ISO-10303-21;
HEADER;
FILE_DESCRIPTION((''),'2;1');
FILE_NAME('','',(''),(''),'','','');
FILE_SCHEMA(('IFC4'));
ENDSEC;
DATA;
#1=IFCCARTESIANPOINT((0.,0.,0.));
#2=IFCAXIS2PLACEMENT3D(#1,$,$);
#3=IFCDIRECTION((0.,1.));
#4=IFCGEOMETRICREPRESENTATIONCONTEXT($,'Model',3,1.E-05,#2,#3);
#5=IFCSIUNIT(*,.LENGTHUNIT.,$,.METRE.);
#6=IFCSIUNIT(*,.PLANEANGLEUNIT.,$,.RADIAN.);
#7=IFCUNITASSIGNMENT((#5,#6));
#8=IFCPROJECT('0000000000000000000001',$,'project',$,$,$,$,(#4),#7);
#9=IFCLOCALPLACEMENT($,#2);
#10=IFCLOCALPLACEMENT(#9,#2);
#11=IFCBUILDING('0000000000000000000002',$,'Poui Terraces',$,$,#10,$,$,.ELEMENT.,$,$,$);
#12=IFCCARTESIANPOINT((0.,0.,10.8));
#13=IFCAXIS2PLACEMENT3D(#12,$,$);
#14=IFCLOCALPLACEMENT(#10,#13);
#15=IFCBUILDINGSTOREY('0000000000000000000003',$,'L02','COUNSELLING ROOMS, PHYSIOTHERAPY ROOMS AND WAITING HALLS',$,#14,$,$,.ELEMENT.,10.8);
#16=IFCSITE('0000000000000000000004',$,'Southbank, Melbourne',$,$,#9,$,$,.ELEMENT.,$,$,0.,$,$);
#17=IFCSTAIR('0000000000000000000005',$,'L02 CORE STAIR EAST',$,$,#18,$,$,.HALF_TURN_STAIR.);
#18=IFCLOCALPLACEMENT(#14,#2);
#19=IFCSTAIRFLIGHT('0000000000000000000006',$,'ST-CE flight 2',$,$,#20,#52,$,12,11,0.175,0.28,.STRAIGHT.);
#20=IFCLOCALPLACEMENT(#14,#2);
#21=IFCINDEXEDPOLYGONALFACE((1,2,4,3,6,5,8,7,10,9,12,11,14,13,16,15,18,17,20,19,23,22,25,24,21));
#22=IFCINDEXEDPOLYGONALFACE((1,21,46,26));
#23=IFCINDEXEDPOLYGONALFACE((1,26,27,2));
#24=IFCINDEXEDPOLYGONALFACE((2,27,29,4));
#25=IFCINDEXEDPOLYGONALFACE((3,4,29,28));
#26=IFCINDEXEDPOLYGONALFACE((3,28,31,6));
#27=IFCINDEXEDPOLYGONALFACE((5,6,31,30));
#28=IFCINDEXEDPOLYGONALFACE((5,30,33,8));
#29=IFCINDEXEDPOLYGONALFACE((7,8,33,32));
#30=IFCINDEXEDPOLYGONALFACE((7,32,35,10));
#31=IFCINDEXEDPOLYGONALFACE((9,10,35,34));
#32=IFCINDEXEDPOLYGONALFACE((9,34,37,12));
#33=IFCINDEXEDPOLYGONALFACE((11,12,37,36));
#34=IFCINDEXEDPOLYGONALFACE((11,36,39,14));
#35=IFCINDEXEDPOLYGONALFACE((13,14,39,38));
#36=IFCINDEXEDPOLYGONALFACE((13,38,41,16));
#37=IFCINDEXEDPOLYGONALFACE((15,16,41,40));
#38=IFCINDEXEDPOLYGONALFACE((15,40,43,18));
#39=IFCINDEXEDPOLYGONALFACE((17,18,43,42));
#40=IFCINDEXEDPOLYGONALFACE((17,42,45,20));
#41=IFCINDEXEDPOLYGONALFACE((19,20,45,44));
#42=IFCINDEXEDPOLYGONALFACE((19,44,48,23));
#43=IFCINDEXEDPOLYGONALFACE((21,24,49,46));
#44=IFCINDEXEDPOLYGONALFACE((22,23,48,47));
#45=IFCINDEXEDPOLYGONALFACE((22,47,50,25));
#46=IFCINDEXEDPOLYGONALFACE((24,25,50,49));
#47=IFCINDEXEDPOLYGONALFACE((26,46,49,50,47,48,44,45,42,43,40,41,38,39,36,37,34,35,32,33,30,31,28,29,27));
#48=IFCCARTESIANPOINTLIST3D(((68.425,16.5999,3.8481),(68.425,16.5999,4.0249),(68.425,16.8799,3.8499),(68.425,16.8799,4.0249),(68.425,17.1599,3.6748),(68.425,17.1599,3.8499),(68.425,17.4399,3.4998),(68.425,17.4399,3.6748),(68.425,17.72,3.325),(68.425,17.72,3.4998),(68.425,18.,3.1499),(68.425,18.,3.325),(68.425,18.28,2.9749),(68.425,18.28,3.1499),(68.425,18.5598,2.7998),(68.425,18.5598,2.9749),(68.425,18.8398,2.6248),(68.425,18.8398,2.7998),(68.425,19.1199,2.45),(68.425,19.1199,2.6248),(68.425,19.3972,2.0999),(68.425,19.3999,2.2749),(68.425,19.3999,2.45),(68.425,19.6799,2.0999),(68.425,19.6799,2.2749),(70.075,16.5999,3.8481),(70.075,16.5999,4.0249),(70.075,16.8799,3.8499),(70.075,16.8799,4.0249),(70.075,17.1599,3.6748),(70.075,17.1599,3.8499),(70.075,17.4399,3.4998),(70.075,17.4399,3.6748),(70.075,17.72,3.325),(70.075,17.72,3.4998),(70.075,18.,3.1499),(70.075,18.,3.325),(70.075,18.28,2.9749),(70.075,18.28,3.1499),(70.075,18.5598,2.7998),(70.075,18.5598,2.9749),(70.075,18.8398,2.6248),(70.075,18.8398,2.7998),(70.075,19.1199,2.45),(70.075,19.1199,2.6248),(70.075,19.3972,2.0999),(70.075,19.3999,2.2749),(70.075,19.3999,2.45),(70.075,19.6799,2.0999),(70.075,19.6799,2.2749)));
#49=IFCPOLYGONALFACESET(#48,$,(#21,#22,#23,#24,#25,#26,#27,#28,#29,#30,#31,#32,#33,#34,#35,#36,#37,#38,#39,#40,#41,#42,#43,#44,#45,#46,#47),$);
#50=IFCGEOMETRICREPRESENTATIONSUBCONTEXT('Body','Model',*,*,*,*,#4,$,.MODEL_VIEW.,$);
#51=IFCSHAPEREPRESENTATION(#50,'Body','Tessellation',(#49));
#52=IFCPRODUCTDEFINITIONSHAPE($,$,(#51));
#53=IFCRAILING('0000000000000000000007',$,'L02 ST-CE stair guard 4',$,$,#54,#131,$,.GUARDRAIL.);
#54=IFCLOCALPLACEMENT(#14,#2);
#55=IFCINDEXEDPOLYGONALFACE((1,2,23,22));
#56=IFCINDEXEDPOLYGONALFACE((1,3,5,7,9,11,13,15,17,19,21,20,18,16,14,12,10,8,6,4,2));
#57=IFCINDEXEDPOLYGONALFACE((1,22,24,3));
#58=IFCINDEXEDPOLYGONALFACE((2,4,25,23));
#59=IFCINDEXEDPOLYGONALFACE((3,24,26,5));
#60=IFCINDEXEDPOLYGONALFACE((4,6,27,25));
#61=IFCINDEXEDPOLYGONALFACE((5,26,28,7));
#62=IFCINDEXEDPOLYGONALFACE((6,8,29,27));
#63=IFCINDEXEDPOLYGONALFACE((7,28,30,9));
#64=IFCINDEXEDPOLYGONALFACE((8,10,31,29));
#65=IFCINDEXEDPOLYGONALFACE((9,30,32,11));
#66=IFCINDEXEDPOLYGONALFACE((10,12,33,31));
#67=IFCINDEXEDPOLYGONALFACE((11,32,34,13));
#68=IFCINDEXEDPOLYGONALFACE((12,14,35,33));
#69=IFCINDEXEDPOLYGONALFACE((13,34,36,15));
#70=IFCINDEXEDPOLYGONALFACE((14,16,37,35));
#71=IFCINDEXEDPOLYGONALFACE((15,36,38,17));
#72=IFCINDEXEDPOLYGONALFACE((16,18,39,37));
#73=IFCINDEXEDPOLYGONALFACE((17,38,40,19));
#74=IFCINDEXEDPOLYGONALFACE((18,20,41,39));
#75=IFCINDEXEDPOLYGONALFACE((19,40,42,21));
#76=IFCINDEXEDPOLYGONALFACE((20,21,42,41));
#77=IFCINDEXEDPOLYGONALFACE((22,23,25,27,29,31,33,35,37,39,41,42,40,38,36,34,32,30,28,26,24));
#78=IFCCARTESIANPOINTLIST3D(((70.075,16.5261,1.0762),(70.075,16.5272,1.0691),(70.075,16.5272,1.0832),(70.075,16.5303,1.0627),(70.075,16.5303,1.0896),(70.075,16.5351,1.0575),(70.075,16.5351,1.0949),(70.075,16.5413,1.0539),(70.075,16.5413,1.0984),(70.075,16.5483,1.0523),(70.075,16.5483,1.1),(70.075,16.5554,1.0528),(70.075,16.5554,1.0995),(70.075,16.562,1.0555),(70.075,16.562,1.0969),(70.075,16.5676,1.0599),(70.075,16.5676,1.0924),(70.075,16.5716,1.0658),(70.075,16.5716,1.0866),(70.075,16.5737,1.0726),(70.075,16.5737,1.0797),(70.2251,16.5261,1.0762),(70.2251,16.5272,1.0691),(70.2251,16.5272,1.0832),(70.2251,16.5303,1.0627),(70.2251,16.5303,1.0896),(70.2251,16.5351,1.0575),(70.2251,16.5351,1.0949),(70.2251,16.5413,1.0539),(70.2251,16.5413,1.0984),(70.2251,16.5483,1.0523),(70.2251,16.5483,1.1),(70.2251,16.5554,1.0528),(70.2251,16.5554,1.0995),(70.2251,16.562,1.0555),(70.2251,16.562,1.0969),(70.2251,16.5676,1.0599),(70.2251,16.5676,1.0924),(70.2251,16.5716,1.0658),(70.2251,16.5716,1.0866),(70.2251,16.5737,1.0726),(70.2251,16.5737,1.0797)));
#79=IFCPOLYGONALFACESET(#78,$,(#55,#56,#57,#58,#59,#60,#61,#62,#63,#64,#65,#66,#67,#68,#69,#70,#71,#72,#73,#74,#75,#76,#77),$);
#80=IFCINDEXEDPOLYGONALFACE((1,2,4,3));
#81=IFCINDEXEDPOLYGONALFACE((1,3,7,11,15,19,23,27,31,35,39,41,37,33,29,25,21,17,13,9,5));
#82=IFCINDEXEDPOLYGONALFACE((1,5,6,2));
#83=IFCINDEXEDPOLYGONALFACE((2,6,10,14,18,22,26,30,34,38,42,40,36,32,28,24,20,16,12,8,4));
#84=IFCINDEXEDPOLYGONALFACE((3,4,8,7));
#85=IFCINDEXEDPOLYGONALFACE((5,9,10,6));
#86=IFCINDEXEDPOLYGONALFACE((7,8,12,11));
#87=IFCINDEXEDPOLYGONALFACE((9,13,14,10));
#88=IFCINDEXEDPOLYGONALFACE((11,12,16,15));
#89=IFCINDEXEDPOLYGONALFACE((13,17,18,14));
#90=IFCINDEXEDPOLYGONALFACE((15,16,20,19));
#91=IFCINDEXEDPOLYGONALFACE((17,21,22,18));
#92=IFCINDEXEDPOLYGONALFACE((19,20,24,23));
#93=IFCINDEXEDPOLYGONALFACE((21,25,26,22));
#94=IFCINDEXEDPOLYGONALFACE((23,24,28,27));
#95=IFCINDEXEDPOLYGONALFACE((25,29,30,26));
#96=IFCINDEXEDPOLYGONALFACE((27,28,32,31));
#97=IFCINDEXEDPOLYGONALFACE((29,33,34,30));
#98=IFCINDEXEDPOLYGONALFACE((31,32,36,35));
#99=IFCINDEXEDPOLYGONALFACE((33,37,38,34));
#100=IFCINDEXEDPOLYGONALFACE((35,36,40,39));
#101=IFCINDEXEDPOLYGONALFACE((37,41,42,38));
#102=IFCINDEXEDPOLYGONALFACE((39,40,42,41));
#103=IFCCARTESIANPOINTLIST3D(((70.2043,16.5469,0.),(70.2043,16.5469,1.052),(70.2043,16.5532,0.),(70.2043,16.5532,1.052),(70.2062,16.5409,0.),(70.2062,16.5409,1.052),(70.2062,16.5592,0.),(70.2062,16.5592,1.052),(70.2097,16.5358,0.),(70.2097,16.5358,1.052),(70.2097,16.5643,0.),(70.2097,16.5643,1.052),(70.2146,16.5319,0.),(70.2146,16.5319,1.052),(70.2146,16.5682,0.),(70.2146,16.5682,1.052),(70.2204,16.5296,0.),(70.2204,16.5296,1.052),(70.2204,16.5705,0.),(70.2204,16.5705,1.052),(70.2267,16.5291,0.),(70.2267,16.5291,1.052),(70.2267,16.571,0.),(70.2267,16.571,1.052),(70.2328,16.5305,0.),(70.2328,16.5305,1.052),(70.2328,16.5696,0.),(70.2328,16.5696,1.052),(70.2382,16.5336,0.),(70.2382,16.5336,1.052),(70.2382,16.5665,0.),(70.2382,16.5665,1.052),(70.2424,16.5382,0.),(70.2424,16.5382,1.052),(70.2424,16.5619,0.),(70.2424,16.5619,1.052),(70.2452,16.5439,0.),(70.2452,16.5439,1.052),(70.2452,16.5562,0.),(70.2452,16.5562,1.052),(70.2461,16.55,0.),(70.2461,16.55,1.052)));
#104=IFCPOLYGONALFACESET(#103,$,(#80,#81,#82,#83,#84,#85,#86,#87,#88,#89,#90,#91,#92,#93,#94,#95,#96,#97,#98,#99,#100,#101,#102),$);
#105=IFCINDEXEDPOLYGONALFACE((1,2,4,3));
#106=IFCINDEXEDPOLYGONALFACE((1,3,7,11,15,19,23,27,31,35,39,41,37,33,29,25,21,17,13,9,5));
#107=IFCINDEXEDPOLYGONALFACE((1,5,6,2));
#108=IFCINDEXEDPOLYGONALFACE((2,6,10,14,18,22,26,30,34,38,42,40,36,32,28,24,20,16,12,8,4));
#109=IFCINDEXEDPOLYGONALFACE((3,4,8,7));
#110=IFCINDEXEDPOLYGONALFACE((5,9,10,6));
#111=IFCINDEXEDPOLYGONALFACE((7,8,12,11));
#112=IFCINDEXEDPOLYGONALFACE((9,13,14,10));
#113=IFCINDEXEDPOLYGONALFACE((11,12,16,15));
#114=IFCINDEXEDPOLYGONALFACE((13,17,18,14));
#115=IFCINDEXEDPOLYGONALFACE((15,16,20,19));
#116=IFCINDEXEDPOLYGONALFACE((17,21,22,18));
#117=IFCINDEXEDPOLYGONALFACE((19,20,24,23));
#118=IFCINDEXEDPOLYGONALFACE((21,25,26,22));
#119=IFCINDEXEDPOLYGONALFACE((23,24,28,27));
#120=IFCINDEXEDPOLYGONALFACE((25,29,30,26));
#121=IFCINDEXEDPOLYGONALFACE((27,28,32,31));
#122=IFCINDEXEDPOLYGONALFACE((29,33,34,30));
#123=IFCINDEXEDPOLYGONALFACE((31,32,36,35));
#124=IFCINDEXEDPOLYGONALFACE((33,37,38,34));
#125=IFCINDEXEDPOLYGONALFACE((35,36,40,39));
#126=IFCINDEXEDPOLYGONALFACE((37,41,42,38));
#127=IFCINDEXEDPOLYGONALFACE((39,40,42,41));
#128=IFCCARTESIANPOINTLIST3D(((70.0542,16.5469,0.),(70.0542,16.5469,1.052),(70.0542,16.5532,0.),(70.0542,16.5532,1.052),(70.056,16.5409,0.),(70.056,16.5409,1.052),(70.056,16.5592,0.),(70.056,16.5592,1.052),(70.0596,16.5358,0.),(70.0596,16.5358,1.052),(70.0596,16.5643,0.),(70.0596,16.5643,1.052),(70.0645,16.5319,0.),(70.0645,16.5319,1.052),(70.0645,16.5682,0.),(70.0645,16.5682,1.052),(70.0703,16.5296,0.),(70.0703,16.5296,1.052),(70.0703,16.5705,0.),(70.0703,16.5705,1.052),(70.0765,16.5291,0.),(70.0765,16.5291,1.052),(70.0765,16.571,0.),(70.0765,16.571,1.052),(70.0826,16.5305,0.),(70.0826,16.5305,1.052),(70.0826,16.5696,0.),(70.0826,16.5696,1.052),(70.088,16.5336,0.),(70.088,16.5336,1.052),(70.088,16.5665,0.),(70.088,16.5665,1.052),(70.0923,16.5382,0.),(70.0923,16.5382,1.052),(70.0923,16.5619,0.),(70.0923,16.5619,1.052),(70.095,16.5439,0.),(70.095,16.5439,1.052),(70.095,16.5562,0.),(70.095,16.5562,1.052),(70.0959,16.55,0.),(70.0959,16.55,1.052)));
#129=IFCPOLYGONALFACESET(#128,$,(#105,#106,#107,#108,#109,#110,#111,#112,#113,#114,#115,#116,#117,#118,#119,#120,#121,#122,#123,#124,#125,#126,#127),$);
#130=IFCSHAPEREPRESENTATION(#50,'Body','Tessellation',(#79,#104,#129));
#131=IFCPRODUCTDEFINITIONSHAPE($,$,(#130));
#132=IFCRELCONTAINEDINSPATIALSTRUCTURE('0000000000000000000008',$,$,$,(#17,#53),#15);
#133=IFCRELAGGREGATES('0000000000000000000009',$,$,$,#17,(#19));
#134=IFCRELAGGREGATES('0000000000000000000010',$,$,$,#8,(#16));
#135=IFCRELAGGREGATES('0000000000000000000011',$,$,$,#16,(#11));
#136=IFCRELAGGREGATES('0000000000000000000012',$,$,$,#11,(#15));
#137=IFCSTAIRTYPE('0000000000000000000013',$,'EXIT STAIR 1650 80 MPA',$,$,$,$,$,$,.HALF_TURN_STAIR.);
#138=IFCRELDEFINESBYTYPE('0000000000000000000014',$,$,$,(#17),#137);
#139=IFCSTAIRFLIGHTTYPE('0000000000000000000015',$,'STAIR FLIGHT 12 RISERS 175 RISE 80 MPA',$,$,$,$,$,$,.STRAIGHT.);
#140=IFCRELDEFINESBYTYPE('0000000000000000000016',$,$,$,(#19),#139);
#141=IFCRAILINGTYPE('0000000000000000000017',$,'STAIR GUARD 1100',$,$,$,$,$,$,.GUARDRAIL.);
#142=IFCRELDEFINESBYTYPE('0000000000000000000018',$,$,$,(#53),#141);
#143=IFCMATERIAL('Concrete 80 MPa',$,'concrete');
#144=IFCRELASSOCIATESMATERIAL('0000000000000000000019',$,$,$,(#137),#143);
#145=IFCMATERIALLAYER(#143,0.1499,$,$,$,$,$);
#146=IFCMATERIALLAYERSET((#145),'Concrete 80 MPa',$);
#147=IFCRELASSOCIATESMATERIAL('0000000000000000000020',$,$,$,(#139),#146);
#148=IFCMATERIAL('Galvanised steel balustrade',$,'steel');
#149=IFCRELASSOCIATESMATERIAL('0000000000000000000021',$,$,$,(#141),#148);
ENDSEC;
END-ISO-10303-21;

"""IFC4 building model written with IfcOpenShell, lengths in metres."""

from ifc_helpers import new_model, si_unit, direction, frame, origin, origin_2d, place, context, subcontext, project, spatial, polyline, circle, outline, extrude, material, layer, layer_set, type_object, element, aggregate, save


model = new_model("IFC4")

# Units and contexts
model_context = context("Model", 3, precision=1e-05, world=origin(), true_north=direction((0.0, 1.0)))
body_context = subcontext(model_context, "Body", "Model", "MODEL_VIEW")
ifc_project = project(units=[si_unit("LENGTHUNIT", "METRE"), si_unit("PLANEANGLEUNIT", "RADIAN")], contexts=[model_context])

# Site, building, storey
site_placement = place(None, origin())
site = spatial("IfcSite", under=ifc_project, at=site_placement, Name="Southbank, Melbourne", CompositionType="ELEMENT", RefElevation=0.0)
building_placement = place(site_placement, origin())
building = spatial("IfcBuilding", under=site, at=building_placement, Name="Poui Terraces", CompositionType="ELEMENT")
storey_placement = place(building_placement, frame((0.0, 0.0, 10.8)))
storey = spatial("IfcBuildingStorey", under=building, at=storey_placement, Name="L02", Description="COUNSELLING ROOMS, PHYSIOTHERAPY ROOMS AND WAITING HALLS", CompositionType="ELEMENT", Elevation=10.8)

# Shared definitions
ifc_material_1 = material(Name="Concrete 80 MPa", Category="concrete")

# Stair, stair flight
stair_type = type_object("IfcStairType", Name="EXIT STAIR 1650 80 MPA", PredefinedType="HALF_TURN_STAIR", material=ifc_material_1)
stair_placement = place(storey_placement, origin())
stair = element("IfcStair", 1, at=stair_placement, inside=storey, type_object=stair_type, Name="L02 CORE STAIR EAST", PredefinedType="HALF_TURN_STAIR")
ifc_layer_1 = layer(ifc_material_1, 0.1499)
ifc_layer_set_1 = layer_set([ifc_layer_1], Name="Concrete 80 MPa")
stair_flight_type = type_object("IfcStairFlightType", Name="STAIR FLIGHT 12 RISERS 175 RISE 80 MPA", PredefinedType="STRAIGHT", material=ifc_layer_set_1)
stair_flight_placement = place(storey_placement, frame((69.25, 19.6799, 2.0999), z_axis=(0.0, 0.0, 1.0), x_axis=(0.0, -1.0, 0.0)))
stair_flight = element("IfcStairFlight", 2, at=stair_flight_placement, type_object=stair_flight_type, Name="ST-CE flight 2", NumberOfRisers=12, NumberOfTreads=11, PredefinedType="STRAIGHT", RiserHeight=0.175, TreadLength=0.28, context=body_context, shape_type="SweptSolid", body=[
    extrude(outline(polyline([(0.0, 0.0), (0.0, 0.175), (0.28, 0.175), (0.28, 0.3501), (0.5601, 0.3501), (0.5601, 0.5249), (0.8401, 0.5249), (0.8401, 0.7), (1.1201, 0.7), (1.1201, 0.875), (1.3999, 0.875), (1.3999, 1.05), (1.6799, 1.05), (1.6799, 1.2251), (1.96, 1.2251), (1.96, 1.3999), (2.24, 1.3999), (2.24, 1.575), (2.52, 1.575), (2.52, 1.75), (2.8, 1.75), (2.8, 1.925), (3.0801, 1.925), (3.0801, 2.1001), (3.0801, 1.7483), (0.2827, 0.0), (0.0, 0.0)])), frame((0.0, 0.825, 0.0), z_axis=(0.0, -1.0, 0.0), x_axis=(1.0, 0.0, 0.0)), (0.0, 0.0, 1.0), 1.6499),
])
aggregate(stair, [stair_flight])

# Railing
ifc_material_2 = material(Name="Galvanised steel balustrade", Category="steel")
railing_type_1 = type_object("IfcRailingType", Name="STAIR GUARD 1100", PredefinedType="GUARDRAIL", material=ifc_material_2)
railing_1_placement = place(storey_placement, frame((70.2251, 16.55, 0.0)))
element("IfcRailing", 3, at=railing_1_placement, inside=storey, type_object=railing_type_1, Name="L02 ST-CE stair guard 4", PredefinedType="GUARDRAIL", context=body_context, shape_type="SweptSolid", body=[
    extrude(circle(Radius=0.0239, at=origin_2d()), frame((0.0, 0.0, 1.0762), z_axis=(-1.0, 0.0, 0.0), x_axis=(0.0, -1.0, 0.0)), (0.0, 0.0, 1.0), 0.1501),
    extrude(circle(Radius=0.021, at=origin_2d()), origin(), (0.0, 0.0, 1.0), 1.052),
    extrude(circle(Radius=0.021, at=origin_2d()), frame((-0.1501, 0.0, 0.0)), (0.0, 0.0, 1.0), 1.052),
])

save(model, "model.ifc")
